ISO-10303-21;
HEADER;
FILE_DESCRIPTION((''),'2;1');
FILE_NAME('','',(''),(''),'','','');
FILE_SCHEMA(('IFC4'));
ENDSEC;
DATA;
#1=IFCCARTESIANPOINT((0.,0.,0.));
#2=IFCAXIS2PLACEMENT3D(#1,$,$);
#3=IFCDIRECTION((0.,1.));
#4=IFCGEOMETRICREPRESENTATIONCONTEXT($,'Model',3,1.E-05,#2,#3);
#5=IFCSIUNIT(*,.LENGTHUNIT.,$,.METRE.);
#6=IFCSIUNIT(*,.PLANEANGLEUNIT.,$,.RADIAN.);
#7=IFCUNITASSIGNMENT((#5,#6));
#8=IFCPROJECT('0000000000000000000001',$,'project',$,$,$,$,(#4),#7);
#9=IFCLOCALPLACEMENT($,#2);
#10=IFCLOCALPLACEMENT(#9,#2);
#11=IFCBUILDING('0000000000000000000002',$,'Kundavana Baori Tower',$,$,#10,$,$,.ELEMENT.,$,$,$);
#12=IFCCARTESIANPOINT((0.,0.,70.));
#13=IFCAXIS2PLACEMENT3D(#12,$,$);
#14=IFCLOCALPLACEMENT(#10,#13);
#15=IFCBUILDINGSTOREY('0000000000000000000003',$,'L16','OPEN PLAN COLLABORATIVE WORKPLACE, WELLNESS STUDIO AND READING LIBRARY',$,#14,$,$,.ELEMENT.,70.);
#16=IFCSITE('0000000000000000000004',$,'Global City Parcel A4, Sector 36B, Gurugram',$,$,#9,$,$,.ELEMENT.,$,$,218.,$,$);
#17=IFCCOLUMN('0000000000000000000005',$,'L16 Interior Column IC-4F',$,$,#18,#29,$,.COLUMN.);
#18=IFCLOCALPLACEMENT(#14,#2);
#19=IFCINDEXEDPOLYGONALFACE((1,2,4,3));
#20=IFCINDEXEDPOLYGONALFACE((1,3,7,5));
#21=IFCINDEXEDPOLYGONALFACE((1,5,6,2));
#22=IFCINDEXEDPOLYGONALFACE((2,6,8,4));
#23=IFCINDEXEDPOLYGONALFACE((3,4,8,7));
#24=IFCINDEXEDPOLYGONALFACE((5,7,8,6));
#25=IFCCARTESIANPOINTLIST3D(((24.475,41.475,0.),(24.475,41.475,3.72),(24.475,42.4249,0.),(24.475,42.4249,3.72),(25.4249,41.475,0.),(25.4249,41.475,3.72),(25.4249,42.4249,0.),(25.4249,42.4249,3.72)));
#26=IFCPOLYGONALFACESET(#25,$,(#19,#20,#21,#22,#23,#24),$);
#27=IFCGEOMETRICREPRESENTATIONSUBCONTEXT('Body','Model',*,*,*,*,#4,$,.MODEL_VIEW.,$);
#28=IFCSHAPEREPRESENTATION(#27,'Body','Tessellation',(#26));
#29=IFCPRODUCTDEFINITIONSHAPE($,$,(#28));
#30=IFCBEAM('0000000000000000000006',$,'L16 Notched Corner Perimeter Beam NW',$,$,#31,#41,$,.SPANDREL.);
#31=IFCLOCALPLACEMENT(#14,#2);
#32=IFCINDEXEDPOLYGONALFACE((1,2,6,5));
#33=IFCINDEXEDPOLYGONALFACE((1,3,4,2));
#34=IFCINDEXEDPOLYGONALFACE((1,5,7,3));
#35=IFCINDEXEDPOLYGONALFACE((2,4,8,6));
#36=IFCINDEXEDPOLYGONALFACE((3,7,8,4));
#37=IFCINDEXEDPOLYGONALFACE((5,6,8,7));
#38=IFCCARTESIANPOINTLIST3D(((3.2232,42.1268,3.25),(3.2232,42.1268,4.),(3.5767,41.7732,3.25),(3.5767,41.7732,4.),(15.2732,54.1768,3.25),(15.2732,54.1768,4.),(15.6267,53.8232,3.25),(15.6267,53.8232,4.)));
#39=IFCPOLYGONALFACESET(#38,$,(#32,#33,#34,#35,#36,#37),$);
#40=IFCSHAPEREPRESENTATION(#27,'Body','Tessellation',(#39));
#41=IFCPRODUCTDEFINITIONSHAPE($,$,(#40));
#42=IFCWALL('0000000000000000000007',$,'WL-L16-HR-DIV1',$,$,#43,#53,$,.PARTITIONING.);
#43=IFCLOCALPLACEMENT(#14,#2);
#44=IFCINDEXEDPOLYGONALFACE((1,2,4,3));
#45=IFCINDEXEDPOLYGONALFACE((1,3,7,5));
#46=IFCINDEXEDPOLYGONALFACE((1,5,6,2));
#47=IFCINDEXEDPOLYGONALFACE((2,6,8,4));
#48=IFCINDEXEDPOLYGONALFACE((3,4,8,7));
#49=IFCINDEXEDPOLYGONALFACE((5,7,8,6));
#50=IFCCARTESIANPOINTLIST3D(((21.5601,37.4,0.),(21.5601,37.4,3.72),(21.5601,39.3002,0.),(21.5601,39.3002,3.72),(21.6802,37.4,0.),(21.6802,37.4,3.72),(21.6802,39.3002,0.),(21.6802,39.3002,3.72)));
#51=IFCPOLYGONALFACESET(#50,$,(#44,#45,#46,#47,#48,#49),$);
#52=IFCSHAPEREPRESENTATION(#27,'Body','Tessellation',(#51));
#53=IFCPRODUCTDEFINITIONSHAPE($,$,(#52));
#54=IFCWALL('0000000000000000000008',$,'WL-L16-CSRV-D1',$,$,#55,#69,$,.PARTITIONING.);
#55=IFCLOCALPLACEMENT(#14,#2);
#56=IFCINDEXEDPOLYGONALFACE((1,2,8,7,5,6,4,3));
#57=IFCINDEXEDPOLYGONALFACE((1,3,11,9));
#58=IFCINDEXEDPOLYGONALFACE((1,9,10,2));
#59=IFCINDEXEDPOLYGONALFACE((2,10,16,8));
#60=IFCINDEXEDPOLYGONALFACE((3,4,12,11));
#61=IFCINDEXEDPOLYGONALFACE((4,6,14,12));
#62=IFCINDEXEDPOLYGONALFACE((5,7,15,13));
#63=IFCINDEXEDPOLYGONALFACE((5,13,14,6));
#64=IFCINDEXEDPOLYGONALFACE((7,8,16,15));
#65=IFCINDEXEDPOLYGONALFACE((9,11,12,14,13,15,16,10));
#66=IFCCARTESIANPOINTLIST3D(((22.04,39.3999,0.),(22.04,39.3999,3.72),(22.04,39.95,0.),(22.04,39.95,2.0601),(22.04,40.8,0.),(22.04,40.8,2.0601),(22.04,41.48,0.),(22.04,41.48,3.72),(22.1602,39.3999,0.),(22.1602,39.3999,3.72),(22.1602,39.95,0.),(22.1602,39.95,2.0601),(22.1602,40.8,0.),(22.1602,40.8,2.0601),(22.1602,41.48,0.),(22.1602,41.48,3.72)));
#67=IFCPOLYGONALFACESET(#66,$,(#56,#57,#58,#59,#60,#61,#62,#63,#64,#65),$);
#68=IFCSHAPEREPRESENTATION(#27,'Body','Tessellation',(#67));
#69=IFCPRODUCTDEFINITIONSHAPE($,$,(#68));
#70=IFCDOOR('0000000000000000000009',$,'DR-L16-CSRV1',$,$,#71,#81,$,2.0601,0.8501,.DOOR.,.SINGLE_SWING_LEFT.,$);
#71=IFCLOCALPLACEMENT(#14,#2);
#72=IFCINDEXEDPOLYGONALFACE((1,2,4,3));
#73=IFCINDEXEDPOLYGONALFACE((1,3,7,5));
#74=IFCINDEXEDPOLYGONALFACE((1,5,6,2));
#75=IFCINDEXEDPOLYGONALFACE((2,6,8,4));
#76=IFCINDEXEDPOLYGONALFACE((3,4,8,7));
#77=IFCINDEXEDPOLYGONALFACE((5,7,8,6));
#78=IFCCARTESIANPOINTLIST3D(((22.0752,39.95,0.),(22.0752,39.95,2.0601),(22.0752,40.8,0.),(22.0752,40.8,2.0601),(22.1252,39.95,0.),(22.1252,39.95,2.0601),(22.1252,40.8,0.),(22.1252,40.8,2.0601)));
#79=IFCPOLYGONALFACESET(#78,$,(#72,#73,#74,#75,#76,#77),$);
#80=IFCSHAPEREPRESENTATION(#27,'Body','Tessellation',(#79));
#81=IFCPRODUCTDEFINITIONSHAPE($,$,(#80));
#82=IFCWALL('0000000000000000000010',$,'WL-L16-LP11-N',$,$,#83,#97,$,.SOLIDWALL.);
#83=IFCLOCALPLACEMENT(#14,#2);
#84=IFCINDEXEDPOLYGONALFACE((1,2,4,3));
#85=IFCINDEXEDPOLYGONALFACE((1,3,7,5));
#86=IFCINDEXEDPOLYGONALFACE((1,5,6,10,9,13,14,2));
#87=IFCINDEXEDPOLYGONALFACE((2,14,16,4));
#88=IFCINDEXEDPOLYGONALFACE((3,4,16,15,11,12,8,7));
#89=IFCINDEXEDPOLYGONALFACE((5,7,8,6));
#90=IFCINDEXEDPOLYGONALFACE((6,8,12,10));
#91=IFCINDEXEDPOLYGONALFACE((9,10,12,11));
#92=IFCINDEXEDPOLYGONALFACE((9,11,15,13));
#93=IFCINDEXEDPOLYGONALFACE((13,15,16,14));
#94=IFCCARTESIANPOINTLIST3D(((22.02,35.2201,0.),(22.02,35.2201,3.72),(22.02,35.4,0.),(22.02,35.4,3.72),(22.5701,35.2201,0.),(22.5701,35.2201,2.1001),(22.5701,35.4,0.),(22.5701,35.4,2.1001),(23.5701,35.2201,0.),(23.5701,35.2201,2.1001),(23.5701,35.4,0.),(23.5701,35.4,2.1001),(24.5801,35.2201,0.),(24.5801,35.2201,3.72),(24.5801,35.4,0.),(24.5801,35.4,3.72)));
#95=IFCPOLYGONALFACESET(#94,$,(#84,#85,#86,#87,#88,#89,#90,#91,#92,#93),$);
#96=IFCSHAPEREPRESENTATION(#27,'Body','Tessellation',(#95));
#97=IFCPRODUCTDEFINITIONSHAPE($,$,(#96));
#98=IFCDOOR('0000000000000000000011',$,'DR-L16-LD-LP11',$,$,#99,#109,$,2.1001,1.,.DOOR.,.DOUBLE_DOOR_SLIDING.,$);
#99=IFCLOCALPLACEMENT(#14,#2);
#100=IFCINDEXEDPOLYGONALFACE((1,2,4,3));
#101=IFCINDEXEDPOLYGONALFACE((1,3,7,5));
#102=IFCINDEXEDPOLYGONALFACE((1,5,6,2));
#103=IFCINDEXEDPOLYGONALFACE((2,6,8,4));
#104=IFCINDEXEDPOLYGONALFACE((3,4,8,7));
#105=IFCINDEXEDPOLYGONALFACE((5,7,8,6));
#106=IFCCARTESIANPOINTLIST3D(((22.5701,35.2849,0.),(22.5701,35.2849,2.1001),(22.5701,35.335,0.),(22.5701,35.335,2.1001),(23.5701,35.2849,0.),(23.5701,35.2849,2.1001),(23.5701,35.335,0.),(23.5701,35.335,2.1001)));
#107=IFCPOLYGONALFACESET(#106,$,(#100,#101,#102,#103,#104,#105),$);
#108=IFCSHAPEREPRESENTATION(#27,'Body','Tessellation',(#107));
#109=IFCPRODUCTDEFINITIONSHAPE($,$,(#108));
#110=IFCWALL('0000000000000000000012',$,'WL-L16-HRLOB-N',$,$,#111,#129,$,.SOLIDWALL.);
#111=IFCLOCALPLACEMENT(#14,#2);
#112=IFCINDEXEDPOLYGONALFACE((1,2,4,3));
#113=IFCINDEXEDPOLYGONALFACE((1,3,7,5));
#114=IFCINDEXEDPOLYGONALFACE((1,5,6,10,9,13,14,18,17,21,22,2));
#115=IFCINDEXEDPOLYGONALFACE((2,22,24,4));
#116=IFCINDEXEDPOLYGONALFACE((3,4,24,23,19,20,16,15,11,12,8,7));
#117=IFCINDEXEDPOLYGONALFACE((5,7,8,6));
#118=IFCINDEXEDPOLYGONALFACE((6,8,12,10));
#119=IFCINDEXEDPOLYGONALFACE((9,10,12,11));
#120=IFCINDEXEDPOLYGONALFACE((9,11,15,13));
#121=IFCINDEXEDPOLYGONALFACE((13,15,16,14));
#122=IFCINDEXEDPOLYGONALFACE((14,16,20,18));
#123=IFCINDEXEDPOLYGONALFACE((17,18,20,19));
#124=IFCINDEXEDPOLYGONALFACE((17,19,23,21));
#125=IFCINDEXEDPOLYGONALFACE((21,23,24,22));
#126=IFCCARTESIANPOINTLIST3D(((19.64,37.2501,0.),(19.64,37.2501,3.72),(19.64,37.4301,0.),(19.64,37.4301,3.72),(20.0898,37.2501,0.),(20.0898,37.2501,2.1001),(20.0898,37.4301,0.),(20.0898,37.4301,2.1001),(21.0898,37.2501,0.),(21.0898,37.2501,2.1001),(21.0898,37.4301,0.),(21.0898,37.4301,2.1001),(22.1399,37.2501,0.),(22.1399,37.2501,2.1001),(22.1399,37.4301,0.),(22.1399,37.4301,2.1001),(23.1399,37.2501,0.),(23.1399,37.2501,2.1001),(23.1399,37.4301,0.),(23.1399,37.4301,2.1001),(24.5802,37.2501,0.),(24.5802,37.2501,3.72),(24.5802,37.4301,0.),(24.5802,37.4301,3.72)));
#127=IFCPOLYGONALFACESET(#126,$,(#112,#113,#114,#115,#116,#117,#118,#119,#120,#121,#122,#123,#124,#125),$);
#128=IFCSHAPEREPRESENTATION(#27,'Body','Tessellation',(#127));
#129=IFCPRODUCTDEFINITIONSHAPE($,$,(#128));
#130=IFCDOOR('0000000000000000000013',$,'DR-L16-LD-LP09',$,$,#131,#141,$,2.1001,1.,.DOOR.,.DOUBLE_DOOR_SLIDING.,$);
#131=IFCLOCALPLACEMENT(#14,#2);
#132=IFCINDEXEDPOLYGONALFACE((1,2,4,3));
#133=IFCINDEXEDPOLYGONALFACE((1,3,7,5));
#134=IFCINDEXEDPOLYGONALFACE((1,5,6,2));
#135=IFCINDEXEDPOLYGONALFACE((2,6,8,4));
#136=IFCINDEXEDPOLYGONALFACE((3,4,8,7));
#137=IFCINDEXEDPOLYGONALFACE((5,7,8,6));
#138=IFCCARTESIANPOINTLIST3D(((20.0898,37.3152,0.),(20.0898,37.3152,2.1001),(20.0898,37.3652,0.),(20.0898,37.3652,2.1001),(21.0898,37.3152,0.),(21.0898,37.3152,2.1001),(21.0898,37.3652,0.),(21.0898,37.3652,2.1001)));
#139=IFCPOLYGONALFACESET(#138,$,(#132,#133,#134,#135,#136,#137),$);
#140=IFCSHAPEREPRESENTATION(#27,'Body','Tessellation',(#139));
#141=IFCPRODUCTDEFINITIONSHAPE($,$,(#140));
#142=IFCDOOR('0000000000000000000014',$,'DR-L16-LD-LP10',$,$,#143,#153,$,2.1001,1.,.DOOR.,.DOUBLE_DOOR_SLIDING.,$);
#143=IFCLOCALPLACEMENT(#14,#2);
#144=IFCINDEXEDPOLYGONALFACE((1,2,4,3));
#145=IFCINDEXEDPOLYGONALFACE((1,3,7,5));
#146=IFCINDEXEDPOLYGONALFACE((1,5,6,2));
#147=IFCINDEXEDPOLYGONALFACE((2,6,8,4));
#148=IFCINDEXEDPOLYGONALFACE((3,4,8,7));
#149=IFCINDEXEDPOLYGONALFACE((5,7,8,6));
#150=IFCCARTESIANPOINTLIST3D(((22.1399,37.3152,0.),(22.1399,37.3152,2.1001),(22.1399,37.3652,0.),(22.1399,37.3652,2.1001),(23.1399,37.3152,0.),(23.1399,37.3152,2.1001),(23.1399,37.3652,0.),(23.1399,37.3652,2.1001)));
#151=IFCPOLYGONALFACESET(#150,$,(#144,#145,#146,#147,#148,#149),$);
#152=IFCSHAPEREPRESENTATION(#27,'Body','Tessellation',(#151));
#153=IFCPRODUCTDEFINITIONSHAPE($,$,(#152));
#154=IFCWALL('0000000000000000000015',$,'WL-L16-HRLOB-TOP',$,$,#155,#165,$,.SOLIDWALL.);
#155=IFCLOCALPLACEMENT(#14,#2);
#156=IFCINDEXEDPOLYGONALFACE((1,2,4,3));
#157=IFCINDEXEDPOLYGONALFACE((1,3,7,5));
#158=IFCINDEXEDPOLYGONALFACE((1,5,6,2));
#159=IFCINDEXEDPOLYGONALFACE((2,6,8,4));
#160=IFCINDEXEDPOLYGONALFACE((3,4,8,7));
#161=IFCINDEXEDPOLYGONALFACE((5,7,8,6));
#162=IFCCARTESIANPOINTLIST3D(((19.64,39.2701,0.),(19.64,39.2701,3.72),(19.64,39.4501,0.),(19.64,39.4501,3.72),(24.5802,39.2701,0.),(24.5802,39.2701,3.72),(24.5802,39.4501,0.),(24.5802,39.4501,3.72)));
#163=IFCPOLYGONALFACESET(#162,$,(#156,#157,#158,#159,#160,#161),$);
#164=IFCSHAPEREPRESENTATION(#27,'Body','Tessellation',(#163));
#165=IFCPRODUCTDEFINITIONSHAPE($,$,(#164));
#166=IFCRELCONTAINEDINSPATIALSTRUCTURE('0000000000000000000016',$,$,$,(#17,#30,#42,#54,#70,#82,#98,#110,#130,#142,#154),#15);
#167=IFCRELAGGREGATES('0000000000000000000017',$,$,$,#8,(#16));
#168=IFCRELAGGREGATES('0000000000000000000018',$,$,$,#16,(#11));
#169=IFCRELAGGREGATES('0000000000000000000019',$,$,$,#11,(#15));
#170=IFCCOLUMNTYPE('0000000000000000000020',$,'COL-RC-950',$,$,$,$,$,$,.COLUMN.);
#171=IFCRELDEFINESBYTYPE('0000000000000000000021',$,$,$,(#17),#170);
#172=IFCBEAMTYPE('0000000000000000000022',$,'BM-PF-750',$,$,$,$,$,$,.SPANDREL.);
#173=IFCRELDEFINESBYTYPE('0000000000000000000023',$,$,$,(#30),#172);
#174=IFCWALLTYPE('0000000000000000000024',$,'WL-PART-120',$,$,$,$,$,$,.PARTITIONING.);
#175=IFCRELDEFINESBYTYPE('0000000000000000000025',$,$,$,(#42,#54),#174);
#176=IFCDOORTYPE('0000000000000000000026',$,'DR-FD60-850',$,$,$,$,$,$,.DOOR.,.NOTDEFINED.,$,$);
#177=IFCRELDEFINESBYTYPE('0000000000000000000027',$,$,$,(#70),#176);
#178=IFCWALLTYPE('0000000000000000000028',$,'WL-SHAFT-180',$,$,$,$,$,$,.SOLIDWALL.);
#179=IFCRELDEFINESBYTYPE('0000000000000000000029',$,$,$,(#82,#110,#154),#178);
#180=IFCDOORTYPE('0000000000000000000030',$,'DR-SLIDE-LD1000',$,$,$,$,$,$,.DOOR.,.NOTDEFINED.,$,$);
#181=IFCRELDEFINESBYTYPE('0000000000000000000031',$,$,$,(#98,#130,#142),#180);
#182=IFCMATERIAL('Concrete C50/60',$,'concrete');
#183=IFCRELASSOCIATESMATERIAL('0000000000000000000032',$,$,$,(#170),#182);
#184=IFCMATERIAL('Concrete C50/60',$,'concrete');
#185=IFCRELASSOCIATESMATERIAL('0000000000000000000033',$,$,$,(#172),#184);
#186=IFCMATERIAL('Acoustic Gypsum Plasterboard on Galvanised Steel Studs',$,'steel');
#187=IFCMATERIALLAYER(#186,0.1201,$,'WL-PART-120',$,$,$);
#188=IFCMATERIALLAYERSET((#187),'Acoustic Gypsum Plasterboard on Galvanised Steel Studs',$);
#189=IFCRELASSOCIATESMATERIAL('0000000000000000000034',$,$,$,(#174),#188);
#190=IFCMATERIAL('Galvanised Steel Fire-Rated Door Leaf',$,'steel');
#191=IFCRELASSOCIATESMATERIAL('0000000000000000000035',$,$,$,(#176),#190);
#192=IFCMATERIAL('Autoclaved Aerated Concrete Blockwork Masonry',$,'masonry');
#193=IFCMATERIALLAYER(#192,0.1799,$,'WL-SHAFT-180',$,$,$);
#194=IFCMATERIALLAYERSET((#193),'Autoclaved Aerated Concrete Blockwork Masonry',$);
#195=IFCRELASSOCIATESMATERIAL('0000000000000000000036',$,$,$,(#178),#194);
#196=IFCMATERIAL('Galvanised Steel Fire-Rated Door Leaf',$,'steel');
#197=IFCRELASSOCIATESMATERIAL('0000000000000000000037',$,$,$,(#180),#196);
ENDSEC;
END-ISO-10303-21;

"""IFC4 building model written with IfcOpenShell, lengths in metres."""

from ifc_helpers import new_model, si_unit, direction, frame, frame_2d, origin, origin_2d, place, context, subcontext, project, spatial, rectangle, extrude, material, layer, layer_set, material_profile, profile_set, type_object, element, fill, save


model = new_model("IFC4")

# Units and contexts
model_context = context("Model", 3, precision=1e-05, world=origin(), true_north=direction((0.0, 1.0)))
body_context = subcontext(model_context, "Body", "Model", "MODEL_VIEW")
ifc_project = project(units=[si_unit("LENGTHUNIT", "METRE"), si_unit("PLANEANGLEUNIT", "RADIAN")], contexts=[model_context])

# Site, building, storey
site_placement = place(None, origin())
site = spatial("IfcSite", under=ifc_project, at=site_placement, Name="Global City Parcel A4, Sector 36B, Gurugram", CompositionType="ELEMENT", RefElevation=218.0)
building_placement = place(site_placement, origin())
building = spatial("IfcBuilding", under=site, at=building_placement, Name="Kundavana Baori Tower", CompositionType="ELEMENT")
storey_placement = place(building_placement, frame((0.0, 0.0, 70.0)))
storey = spatial("IfcBuildingStorey", under=building, at=storey_placement, Name="L16", Description="OPEN PLAN COLLABORATIVE WORKPLACE, WELLNESS STUDIO AND READING LIBRARY", CompositionType="ELEMENT", Elevation=70.0)

# Column
ifc_material_1 = material(Name="Concrete C50/60", Category="concrete")
ifc_material_profile_1 = material_profile(ifc_material_1, rectangle(XDim=0.95, YDim=0.95, at=origin_2d()), Name="RC 950x950")
ifc_profile_set_1 = profile_set([ifc_material_profile_1], Name="Concrete C50/60")
column_type = type_object("IfcColumnType", Name="COL-RC-950", PredefinedType="COLUMN", material=ifc_profile_set_1)
column_placement = place(storey_placement, frame((24.95, 41.95, 0.0), z_axis=(0.0, 0.0, 1.0), x_axis=(1.0, 0.0, 0.0)))
element("IfcColumn", 1, at=column_placement, inside=storey, type_object=column_type, Name="L16 Interior Column IC-4F", PredefinedType="COLUMN", context=body_context, shape_type="SweptSolid", body=[
    extrude(rectangle(XDim=0.95, YDim=0.95, at=origin_2d()), origin(), (0.0, 0.0, 1.0), 3.72),
])

# Beam
ifc_material_2 = material(Name="Concrete C50/60", Category="concrete")
ifc_material_profile_2 = material_profile(ifc_material_2, rectangle(XDim=0.5, YDim=0.75, at=origin_2d()), Name="RC BM 500x750")
ifc_profile_set_2 = profile_set([ifc_material_profile_2], Name="Concrete C50/60")
beam_type = type_object("IfcBeamType", Name="BM-PF-750", PredefinedType="SPANDREL", material=ifc_profile_set_2)
beam_placement = place(storey_placement, frame((15.45, 54.0, 3.625), z_axis=(-0.707107, -0.707107, 0.0), x_axis=(0.707107, -0.707107, 0.0)))
element("IfcBeam", 2, at=beam_placement, inside=storey, type_object=beam_type, Name="L16 Notched Corner Perimeter Beam NW", PredefinedType="SPANDREL", context=body_context, shape_type="SweptSolid", body=[
    extrude(rectangle(XDim=0.5, YDim=0.75, at=origin_2d()), origin(), (0.0, 0.0, 1.0), 17.0413),
])

# Wall
ifc_material_3 = material(Name="Acoustic Gypsum Plasterboard on Galvanised Steel Studs", Category="steel")
ifc_layer_1 = layer(ifc_material_3, 0.1201, Name="WL-PART-120")
ifc_layer_set_1 = layer_set([ifc_layer_1], Name="Acoustic Gypsum Plasterboard on Galvanised Steel Studs")
wall_type_1 = type_object("IfcWallType", Name="WL-PART-120", PredefinedType="PARTITIONING", material=ifc_layer_set_1)
wall_1_placement = place(storey_placement, frame((21.6201, 37.3999, 0.0), z_axis=(0.0, 0.0, 1.0), x_axis=(0.0, 1.0, 0.0)))
element("IfcWall", 3, at=wall_1_placement, inside=storey, type_object=wall_type_1, Name="WL-L16-HR-DIV1", PredefinedType="PARTITIONING", context=body_context, shape_type="SweptSolid", body=[
    extrude(rectangle(XDim=1.9001, YDim=0.1201, at=frame_2d((0.9502, 0.0))), origin(), (0.0, 0.0, 1.0), 3.72),
])

# Walls, openings, doors
wall_2_placement = place(storey_placement, frame((22.1001, 39.3999, 0.0), z_axis=(0.0, 0.0, 1.0), x_axis=(0.0, 1.0, 0.0)))
wall_2 = element("IfcWall", 4, at=wall_2_placement, inside=storey, type_object=wall_type_1, Name="WL-L16-CSRV-D1", PredefinedType="PARTITIONING", context=body_context, shape_type="SweptSolid", body=[
    extrude(rectangle(XDim=2.0801, YDim=0.1201, at=frame_2d((1.04, 0.0))), origin(), (0.0, 0.0, 1.0), 3.72),
])
opening_1_placement = place(wall_2_placement, frame((0.55, 0.0, 0.0)))
opening_1 = element("IfcOpeningElement", 5, at=opening_1_placement, cuts=wall_2, PredefinedType="OPENING", context=body_context, shape_type="SweptSolid", body=[
    extrude(rectangle(XDim=0.8501, YDim=2.0601, at=frame_2d((0.425, 1.03))), frame((0.0, 0.0701, 0.0), z_axis=(0.0, -1.0, 0.0), x_axis=(1.0, 0.0, 0.0)), (0.0, 0.0, 1.0), 0.1401),
])
ifc_material_4 = material(Name="Galvanised Steel Fire-Rated Door Leaf", Category="steel")
door_type_1 = type_object("IfcDoorType", Name="DR-FD60-850", OperationType="NOTDEFINED", PredefinedType="DOOR", material=ifc_material_4)
door_1_placement = place(opening_1_placement, origin())
door_1 = element("IfcDoor", 6, at=door_1_placement, inside=storey, type_object=door_type_1, Name="DR-L16-CSRV1", OperationType="SINGLE_SWING_LEFT", OverallHeight=2.0601, OverallWidth=0.8501, PredefinedType="DOOR", context=body_context, shape_type="SweptSolid", body=[
    extrude(rectangle(XDim=0.8501, YDim=2.0601, at=frame_2d((0.425, 1.03))), frame((0.0, 0.0249, 0.0), z_axis=(0.0, -1.0, 0.0), x_axis=(1.0, 0.0, 0.0)), (0.0, 0.0, 1.0), 0.05),
])
fill(opening_1, door_1)
ifc_material_5 = material(Name="Autoclaved Aerated Concrete Blockwork Masonry", Category="masonry")
ifc_layer_2 = layer(ifc_material_5, 0.1799, Name="WL-SHAFT-180")
ifc_layer_set_2 = layer_set([ifc_layer_2], Name="Autoclaved Aerated Concrete Blockwork Masonry")
wall_type_2 = type_object("IfcWallType", Name="WL-SHAFT-180", PredefinedType="SOLIDWALL", material=ifc_layer_set_2)
wall_3_placement = place(storey_placement, frame((22.02, 35.3101, 0.0), z_axis=(0.0, 0.0, 1.0), x_axis=(1.0, 0.0, 0.0)))
wall_3 = element("IfcWall", 7, at=wall_3_placement, inside=storey, type_object=wall_type_2, Name="WL-L16-LP11-N", PredefinedType="SOLIDWALL", context=body_context, shape_type="SweptSolid", body=[
    extrude(rectangle(XDim=2.5601, YDim=0.1799, at=frame_2d((1.28, 0.0))), origin(), (0.0, 0.0, 1.0), 3.72),
])
opening_2_placement = place(wall_3_placement, frame((0.55, 0.0, 0.0)))
opening_2 = element("IfcOpeningElement", 8, at=opening_2_placement, cuts=wall_3, PredefinedType="OPENING", context=body_context, shape_type="SweptSolid", body=[
    extrude(rectangle(XDim=1.0, YDim=2.1001, at=frame_2d((0.5, 1.05))), frame((0.0, 0.1001, 0.0), z_axis=(0.0, -1.0, 0.0), x_axis=(1.0, 0.0, 0.0)), (0.0, 0.0, 1.0), 0.2),
])
ifc_material_6 = material(Name="Galvanised Steel Fire-Rated Door Leaf", Category="steel")
door_type_2 = type_object("IfcDoorType", Name="DR-SLIDE-LD1000", OperationType="NOTDEFINED", PredefinedType="DOOR", material=ifc_material_6)
door_2_placement = place(opening_2_placement, origin())
door_2 = element("IfcDoor", 9, at=door_2_placement, inside=storey, type_object=door_type_2, Name="DR-L16-LD-LP11", OperationType="DOUBLE_DOOR_SLIDING", OverallHeight=2.1001, OverallWidth=1.0, PredefinedType="DOOR", context=body_context, shape_type="SweptSolid", body=[
    extrude(rectangle(XDim=1.0, YDim=2.1001, at=frame_2d((0.5, 1.05))), frame((0.0, 0.0249, 0.0), z_axis=(0.0, -1.0, 0.0), x_axis=(1.0, 0.0, 0.0)), (0.0, 0.0, 1.0), 0.05),
])
fill(opening_2, door_2)

# Wall, openings, doors
wall_4_placement = place(storey_placement, frame((19.6399, 37.3401, 0.0), z_axis=(0.0, 0.0, 1.0), x_axis=(1.0, 0.0, 0.0)))
wall_4 = element("IfcWall", 10, at=wall_4_placement, inside=storey, type_object=wall_type_2, Name="WL-L16-HRLOB-N", PredefinedType="SOLIDWALL", context=body_context, shape_type="SweptSolid", body=[
    extrude(rectangle(XDim=4.9402, YDim=0.1799, at=frame_2d((2.4702, 0.0))), origin(), (0.0, 0.0, 1.0), 3.72),
])
opening_3_placement = place(wall_4_placement, frame((0.45, 0.0, 0.0)))
opening_3 = element("IfcOpeningElement", 11, at=opening_3_placement, cuts=wall_4, PredefinedType="OPENING", context=body_context, shape_type="SweptSolid", body=[
    extrude(rectangle(XDim=1.0, YDim=2.1001, at=frame_2d((0.5, 1.05))), frame((0.0, 0.1001, 0.0), z_axis=(0.0, -1.0, 0.0), x_axis=(1.0, 0.0, 0.0)), (0.0, 0.0, 1.0), 0.2),
])
opening_4_placement = place(wall_4_placement, frame((2.5, 0.0, 0.0)))
opening_4 = element("IfcOpeningElement", 12, at=opening_4_placement, cuts=wall_4, PredefinedType="OPENING", context=body_context, shape_type="SweptSolid", body=[
    extrude(rectangle(XDim=1.0, YDim=2.1001, at=frame_2d((0.5, 1.05))), frame((0.0, 0.1001, 0.0), z_axis=(0.0, -1.0, 0.0), x_axis=(1.0, 0.0, 0.0)), (0.0, 0.0, 1.0), 0.2),
])
door_3_placement = place(opening_3_placement, frame((1.0, 0.0, 0.0), z_axis=(0.0, 0.0, 1.0), x_axis=(-1.0, 0.0, 0.0)))
door_3 = element("IfcDoor", 13, at=door_3_placement, inside=storey, type_object=door_type_2, Name="DR-L16-LD-LP09", OperationType="DOUBLE_DOOR_SLIDING", OverallHeight=2.1001, OverallWidth=1.0, PredefinedType="DOOR", context=body_context, shape_type="SweptSolid", body=[
    extrude(rectangle(XDim=1.0, YDim=2.1001, at=frame_2d((0.5, 1.05))), frame((0.0, 0.0249, 0.0), z_axis=(0.0, -1.0, 0.0), x_axis=(1.0, 0.0, 0.0)), (0.0, 0.0, 1.0), 0.05),
])
fill(opening_3, door_3)
door_4_placement = place(opening_4_placement, frame((1.0, 0.0, 0.0), z_axis=(0.0, 0.0, 1.0), x_axis=(-1.0, 0.0, 0.0)))
door_4 = element("IfcDoor", 14, at=door_4_placement, inside=storey, type_object=door_type_2, Name="DR-L16-LD-LP10", OperationType="DOUBLE_DOOR_SLIDING", OverallHeight=2.1001, OverallWidth=1.0, PredefinedType="DOOR", context=body_context, shape_type="SweptSolid", body=[
    extrude(rectangle(XDim=1.0, YDim=2.1001, at=frame_2d((0.5, 1.05))), frame((0.0, 0.0249, 0.0), z_axis=(0.0, -1.0, 0.0), x_axis=(1.0, 0.0, 0.0)), (0.0, 0.0, 1.0), 0.05),
])
fill(opening_4, door_4)

# Wall
wall_5_placement = place(storey_placement, frame((19.6399, 39.3601, 0.0), z_axis=(0.0, 0.0, 1.0), x_axis=(1.0, 0.0, 0.0)))
element("IfcWall", 15, at=wall_5_placement, inside=storey, type_object=wall_type_2, Name="WL-L16-HRLOB-TOP", PredefinedType="SOLIDWALL", context=body_context, shape_type="SweptSolid", body=[
    extrude(rectangle(XDim=4.9402, YDim=0.1799, at=frame_2d((2.4702, 0.0))), origin(), (0.0, 0.0, 1.0), 3.72),
])

save(model, "model.ifc")
